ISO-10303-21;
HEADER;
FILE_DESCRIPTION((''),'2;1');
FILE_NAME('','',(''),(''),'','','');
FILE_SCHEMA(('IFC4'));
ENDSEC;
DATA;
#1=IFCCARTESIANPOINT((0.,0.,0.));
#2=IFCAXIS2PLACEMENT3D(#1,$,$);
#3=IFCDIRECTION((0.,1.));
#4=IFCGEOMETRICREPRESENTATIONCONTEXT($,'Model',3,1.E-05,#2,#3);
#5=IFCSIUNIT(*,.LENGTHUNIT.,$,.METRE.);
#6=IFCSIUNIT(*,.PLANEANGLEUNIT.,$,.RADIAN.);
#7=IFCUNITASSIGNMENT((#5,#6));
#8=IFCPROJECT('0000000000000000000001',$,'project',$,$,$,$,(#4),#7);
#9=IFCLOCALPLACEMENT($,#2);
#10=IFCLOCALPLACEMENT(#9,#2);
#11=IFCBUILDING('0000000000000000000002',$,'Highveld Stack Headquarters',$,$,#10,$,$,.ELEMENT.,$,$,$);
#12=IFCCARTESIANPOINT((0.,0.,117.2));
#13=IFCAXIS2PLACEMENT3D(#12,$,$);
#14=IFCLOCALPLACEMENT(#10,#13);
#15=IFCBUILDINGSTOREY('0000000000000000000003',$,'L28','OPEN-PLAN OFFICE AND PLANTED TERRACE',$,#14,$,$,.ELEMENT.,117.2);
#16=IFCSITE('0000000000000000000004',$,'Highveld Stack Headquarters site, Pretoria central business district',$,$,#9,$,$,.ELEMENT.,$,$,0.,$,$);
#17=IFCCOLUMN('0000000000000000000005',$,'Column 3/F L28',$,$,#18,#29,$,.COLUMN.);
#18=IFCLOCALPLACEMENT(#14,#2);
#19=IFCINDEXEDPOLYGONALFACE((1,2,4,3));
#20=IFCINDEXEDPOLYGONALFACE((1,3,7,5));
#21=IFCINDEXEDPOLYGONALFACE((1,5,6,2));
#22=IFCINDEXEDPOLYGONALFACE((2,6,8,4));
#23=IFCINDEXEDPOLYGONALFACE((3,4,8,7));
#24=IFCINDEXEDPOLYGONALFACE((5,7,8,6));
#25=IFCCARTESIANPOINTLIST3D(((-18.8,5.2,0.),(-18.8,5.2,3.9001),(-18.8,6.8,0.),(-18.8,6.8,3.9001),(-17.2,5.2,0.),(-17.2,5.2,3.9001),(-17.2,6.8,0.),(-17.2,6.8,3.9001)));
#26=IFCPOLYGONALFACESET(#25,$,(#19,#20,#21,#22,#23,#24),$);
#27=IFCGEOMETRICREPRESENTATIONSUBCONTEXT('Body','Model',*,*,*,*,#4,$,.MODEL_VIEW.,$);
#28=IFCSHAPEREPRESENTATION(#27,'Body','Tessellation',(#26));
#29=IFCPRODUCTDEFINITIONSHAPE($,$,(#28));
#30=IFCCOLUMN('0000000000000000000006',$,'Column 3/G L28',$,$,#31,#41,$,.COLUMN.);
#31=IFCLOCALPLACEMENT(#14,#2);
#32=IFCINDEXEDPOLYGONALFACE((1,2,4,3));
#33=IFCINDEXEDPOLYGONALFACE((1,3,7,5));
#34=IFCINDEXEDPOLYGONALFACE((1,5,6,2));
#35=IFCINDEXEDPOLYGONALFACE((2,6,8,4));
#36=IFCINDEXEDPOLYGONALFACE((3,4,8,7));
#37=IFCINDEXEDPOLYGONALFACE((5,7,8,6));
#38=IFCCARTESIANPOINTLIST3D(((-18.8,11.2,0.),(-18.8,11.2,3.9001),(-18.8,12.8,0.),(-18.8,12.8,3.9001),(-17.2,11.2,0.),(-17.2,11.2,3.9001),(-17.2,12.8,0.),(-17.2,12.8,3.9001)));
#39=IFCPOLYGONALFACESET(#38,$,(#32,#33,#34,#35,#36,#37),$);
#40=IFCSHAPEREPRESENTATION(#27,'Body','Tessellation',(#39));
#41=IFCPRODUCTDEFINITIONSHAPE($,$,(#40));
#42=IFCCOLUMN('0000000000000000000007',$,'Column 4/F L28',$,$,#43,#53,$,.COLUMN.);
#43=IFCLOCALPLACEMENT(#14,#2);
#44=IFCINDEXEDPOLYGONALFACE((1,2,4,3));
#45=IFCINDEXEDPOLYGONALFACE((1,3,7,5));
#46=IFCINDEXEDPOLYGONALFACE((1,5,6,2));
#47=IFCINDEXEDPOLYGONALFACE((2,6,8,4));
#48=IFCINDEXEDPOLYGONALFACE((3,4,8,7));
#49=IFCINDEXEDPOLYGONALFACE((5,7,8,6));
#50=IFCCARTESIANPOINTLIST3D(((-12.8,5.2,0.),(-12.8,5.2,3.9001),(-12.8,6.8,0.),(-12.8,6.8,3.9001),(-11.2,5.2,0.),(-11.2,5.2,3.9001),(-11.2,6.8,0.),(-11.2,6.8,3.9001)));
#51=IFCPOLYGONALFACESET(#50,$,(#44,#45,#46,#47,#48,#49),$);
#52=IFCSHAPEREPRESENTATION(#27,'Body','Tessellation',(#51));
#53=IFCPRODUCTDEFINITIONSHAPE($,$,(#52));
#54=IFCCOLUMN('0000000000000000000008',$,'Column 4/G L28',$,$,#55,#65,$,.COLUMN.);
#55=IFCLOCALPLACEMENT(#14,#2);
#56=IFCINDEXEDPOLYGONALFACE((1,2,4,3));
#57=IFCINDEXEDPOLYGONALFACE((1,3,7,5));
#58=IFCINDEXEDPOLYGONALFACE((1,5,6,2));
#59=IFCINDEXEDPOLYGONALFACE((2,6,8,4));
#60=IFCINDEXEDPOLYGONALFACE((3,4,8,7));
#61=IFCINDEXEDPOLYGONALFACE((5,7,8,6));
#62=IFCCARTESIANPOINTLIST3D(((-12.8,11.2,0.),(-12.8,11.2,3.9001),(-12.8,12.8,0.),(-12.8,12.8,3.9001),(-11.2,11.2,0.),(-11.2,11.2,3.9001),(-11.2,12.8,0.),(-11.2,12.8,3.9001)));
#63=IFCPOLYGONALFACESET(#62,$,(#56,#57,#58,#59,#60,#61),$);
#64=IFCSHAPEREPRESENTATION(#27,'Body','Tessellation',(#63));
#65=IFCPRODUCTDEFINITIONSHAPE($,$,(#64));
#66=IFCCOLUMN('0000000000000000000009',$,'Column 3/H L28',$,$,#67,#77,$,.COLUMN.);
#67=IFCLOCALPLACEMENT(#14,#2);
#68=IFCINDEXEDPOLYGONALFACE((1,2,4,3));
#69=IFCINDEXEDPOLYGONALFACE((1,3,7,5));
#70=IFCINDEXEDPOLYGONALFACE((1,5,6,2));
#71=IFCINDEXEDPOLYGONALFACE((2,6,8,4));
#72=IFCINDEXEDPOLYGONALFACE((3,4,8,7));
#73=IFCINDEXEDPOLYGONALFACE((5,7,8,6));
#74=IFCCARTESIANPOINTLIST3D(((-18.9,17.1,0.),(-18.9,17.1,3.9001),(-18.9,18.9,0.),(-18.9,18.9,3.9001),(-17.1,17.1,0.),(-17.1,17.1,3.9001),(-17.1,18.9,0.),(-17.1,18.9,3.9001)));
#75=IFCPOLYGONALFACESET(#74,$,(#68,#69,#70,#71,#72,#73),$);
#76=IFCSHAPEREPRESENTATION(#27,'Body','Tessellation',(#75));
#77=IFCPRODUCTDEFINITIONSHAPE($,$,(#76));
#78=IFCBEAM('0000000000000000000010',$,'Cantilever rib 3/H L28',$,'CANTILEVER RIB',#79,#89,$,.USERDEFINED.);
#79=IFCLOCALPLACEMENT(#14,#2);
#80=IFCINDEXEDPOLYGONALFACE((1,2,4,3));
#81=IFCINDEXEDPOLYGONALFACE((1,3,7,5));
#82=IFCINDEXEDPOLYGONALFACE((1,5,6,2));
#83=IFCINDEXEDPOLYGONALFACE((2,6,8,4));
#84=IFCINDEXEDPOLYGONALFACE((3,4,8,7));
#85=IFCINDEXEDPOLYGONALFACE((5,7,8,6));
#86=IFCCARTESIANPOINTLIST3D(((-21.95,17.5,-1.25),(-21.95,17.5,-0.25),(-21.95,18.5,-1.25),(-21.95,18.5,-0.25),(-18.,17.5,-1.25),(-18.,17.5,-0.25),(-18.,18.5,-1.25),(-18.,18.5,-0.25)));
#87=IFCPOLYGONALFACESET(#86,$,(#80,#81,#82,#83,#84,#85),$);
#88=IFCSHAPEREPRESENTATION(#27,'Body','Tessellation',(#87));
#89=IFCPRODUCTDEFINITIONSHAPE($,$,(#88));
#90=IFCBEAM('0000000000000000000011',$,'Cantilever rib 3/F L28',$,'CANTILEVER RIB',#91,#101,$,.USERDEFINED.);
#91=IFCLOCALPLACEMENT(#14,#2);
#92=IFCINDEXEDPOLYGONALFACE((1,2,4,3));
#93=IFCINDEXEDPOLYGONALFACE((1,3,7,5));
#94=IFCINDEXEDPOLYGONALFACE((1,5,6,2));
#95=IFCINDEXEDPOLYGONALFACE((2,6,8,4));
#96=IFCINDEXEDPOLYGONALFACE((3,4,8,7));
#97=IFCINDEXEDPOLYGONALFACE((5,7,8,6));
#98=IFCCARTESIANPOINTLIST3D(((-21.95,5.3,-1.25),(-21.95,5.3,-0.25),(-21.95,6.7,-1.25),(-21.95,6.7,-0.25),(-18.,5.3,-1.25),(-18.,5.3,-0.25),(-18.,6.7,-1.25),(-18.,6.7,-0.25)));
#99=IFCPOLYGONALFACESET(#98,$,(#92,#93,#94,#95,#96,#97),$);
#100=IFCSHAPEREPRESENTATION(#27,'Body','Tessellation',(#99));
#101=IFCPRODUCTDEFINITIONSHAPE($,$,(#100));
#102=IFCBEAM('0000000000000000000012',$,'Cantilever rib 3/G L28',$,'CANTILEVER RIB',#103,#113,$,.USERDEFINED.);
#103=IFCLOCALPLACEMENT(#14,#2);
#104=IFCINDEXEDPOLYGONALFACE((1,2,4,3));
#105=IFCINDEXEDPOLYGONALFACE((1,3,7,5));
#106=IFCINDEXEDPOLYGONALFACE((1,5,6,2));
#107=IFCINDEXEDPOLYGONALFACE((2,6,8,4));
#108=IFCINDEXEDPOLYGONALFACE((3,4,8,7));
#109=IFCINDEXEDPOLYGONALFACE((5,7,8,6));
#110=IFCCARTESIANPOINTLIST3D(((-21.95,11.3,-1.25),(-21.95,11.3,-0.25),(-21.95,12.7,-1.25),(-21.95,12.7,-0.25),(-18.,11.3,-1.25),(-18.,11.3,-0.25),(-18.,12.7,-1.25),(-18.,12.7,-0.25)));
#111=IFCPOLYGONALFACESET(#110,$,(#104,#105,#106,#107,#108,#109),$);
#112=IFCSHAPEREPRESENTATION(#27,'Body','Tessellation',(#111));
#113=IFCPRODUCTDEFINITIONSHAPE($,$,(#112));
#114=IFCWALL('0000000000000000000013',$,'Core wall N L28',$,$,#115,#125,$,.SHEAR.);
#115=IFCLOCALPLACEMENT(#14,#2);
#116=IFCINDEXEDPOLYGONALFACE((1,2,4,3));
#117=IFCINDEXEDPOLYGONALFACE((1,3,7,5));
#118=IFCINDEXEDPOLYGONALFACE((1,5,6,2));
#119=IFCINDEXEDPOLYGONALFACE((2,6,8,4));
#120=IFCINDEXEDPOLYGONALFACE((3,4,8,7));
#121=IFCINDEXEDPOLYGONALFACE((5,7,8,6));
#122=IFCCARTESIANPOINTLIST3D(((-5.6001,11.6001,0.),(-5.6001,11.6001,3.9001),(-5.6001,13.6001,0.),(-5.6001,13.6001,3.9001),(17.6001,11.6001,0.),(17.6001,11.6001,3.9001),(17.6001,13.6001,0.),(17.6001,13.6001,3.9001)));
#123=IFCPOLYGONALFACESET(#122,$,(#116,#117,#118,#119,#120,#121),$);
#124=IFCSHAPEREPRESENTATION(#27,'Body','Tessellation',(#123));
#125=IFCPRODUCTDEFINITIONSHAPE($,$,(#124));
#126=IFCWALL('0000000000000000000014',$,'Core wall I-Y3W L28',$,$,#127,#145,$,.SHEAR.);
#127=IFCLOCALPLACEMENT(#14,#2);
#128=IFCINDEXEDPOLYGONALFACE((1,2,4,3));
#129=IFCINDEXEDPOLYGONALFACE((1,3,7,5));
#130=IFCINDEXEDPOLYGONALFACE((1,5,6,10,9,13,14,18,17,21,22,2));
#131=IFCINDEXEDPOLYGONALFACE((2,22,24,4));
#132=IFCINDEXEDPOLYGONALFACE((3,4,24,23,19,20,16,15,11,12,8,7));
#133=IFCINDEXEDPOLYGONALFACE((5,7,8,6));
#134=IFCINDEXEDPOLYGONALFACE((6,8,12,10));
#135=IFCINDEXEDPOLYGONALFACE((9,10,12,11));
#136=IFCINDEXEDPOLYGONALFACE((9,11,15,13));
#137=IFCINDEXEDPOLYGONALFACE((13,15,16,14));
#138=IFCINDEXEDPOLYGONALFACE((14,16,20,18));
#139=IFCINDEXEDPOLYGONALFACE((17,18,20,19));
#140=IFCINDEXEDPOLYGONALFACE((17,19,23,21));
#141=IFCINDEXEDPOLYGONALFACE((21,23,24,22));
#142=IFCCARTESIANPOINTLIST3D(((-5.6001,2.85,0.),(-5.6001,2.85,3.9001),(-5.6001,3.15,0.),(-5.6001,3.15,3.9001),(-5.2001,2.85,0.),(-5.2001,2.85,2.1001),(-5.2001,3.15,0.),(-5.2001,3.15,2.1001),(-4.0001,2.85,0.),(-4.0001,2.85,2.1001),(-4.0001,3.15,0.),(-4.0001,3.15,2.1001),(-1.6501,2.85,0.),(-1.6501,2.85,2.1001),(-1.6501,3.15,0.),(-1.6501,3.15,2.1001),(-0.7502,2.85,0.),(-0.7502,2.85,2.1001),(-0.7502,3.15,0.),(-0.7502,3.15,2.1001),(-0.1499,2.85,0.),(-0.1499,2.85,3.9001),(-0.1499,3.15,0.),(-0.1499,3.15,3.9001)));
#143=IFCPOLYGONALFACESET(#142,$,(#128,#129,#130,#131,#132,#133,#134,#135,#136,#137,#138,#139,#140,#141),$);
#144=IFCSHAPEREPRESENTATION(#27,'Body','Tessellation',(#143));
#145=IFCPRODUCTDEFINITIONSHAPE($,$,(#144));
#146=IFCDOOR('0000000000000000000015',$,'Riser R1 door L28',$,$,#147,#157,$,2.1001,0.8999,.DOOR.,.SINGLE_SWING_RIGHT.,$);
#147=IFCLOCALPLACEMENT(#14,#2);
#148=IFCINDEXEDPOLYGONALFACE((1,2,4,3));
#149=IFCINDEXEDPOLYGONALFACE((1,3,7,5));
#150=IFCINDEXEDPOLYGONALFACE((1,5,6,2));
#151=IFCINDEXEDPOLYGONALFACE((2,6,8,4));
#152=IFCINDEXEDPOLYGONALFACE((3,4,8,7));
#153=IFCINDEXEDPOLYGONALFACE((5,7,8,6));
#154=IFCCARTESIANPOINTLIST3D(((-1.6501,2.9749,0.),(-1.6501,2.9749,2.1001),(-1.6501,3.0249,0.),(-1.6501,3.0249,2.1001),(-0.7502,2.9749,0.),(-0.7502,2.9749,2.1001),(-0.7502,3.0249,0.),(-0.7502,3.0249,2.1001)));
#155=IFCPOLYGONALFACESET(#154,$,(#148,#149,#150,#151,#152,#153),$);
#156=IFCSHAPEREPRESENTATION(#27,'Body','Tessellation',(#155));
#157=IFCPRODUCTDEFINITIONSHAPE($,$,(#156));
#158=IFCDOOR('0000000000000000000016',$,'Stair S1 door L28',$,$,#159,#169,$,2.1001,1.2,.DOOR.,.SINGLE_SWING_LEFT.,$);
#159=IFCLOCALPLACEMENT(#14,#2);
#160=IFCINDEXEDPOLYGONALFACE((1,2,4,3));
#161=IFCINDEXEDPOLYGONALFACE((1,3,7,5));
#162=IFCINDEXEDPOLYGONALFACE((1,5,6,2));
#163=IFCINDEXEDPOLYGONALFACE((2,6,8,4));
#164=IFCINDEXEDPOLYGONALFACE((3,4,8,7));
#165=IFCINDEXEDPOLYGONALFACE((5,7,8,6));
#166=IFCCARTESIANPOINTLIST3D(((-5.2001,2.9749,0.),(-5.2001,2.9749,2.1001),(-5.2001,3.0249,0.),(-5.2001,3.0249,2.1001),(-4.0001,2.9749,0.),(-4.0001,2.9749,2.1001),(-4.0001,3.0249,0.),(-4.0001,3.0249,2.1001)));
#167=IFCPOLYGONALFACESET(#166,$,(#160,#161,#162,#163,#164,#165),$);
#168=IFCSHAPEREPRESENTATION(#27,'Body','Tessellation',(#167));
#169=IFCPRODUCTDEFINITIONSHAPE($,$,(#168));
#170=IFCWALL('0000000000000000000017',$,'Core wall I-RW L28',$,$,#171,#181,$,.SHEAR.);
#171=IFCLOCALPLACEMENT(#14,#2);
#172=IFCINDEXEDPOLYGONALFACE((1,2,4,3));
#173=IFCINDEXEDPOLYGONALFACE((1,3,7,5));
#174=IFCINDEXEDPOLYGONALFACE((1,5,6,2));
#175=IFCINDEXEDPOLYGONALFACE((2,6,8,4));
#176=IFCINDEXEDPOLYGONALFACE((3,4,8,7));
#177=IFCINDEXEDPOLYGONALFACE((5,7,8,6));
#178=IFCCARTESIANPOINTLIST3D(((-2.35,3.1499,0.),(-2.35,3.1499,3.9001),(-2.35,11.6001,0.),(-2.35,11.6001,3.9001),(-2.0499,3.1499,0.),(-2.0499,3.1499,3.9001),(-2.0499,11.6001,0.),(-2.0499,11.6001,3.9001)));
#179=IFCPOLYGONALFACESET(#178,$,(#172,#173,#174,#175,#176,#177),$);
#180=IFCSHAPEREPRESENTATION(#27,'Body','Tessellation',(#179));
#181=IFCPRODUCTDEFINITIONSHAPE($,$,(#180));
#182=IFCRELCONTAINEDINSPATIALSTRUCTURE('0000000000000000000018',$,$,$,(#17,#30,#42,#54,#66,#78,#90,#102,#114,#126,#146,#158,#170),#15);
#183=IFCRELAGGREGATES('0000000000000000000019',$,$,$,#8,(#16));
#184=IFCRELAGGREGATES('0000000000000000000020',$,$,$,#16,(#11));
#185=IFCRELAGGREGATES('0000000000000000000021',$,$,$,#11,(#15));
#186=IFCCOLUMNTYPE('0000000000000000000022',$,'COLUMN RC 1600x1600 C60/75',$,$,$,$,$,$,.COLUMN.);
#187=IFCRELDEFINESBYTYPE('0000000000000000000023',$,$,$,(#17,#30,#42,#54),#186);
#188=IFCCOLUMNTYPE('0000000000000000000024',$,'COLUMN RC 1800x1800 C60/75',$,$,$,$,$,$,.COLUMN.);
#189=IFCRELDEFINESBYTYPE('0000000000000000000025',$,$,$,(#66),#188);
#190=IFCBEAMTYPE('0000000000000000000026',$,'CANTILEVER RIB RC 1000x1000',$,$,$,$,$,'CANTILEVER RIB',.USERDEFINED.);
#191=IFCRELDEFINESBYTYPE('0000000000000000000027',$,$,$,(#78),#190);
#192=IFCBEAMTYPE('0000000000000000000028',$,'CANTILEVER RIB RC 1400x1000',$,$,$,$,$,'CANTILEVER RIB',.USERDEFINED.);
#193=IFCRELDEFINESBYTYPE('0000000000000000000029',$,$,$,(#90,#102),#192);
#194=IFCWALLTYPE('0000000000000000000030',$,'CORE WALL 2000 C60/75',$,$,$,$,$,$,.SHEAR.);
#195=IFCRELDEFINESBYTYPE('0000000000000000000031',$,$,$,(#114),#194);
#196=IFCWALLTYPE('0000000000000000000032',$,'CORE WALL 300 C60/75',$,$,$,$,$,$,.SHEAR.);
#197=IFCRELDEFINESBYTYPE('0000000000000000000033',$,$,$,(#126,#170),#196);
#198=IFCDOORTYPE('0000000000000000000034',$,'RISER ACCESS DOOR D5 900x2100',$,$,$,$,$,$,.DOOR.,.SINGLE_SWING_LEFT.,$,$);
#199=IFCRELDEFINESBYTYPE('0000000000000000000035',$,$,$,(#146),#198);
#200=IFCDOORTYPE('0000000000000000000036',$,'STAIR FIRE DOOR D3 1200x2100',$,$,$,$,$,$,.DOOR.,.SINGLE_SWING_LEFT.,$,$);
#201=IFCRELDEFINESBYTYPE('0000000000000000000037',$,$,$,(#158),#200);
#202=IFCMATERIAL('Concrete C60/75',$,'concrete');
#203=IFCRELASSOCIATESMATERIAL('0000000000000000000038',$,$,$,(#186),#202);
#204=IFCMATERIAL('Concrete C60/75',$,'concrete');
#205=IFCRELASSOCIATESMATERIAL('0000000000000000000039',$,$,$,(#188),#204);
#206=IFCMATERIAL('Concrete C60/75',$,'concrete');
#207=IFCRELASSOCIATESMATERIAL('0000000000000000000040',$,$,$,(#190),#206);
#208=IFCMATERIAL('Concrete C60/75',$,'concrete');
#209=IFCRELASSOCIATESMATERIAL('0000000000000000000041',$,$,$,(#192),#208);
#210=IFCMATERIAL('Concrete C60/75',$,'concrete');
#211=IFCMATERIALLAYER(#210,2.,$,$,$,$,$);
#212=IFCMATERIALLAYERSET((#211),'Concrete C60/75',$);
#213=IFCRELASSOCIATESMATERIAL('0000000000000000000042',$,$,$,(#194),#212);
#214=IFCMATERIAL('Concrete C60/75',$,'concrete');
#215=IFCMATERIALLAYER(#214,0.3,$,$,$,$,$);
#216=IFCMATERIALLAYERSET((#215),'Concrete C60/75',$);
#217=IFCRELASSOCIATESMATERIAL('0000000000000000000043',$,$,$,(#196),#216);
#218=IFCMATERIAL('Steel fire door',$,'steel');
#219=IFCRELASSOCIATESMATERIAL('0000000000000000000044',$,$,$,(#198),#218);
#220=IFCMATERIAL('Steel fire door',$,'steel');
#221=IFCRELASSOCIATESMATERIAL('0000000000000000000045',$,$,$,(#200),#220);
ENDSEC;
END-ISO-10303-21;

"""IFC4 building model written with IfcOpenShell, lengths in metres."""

from ifc_helpers import new_model, si_unit, direction, frame, frame_2d, origin, origin_2d, place, context, subcontext, project, spatial, rectangle, extrude, material, layer, layer_set, material_profile, profile_set, type_object, element, fill, save


model = new_model("IFC4")

# Units and contexts
model_context = context("Model", 3, precision=1e-05, world=origin(), true_north=direction((0.0, 1.0)))
body_context = subcontext(model_context, "Body", "Model", "MODEL_VIEW")
ifc_project = project(units=[si_unit("LENGTHUNIT", "METRE"), si_unit("PLANEANGLEUNIT", "RADIAN")], contexts=[model_context])

# Site, building, storey
site_placement = place(None, origin())
site = spatial("IfcSite", under=ifc_project, at=site_placement, Name="Highveld Stack Headquarters site, Pretoria central business district", CompositionType="ELEMENT", RefElevation=0.0)
building_placement = place(site_placement, origin())
building = spatial("IfcBuilding", under=site, at=building_placement, Name="Highveld Stack Headquarters", CompositionType="ELEMENT")
storey_placement = place(building_placement, frame((0.0, 0.0, 117.2)))
storey = spatial("IfcBuildingStorey", under=building, at=storey_placement, Name="L28", Description="OPEN-PLAN OFFICE AND PLANTED TERRACE", CompositionType="ELEMENT", Elevation=117.2)

# Columns
ifc_material_1 = material(Name="Concrete C60/75", Category="concrete")
ifc_material_profile_1 = material_profile(ifc_material_1, rectangle(XDim=1.6001, YDim=1.6001, at=origin_2d()), Name="RC 1600x1600")
ifc_profile_set_1 = profile_set([ifc_material_profile_1], Name="Concrete C60/75")
column_type_1 = type_object("IfcColumnType", Name="COLUMN RC 1600x1600 C60/75", PredefinedType="COLUMN", material=ifc_profile_set_1)
for number, where, z_axis, x_axis, name in (
    (1, (-18.0, 6.0, 0.0), (0.0, 0.0, 1.0), (1.0, 0.0, 0.0), "Column 3/F L28"),
    (2, (-18.0, 12.0, 0.0), (0.0, 0.0, 1.0), (1.0, 0.0, 0.0), "Column 3/G L28"),
    (3, (-12.0, 6.0, 0.0), (0.0, 0.0, 1.0), (1.0, 0.0, 0.0), "Column 4/F L28"),
    (4, (-12.0, 12.0, 0.0), (0.0, 0.0, 1.0), (1.0, 0.0, 0.0), "Column 4/G L28"),
):
    element("IfcColumn", number, at=place(storey_placement, frame(where, z_axis=z_axis, x_axis=x_axis)), inside=storey, type_object=column_type_1, Name=name, PredefinedType="COLUMN", context=body_context, shape_type="SweptSolid", body=[
        extrude(rectangle(XDim=1.6001, YDim=1.6001, at=origin_2d()), origin(), (0.0, 0.0, 1.0), 3.9001),
    ])
ifc_material_2 = material(Name="Concrete C60/75", Category="concrete")
ifc_material_profile_2 = material_profile(ifc_material_2, rectangle(XDim=1.8, YDim=1.8, at=origin_2d()), Name="RC 1800x1800")
ifc_profile_set_2 = profile_set([ifc_material_profile_2], Name="Concrete C60/75")
column_type_2 = type_object("IfcColumnType", Name="COLUMN RC 1800x1800 C60/75", PredefinedType="COLUMN", material=ifc_profile_set_2)
column_placement = place(storey_placement, frame((-18.0, 18.0, 0.0), z_axis=(0.0, 0.0, 1.0), x_axis=(1.0, 0.0, 0.0)))
element("IfcColumn", 5, at=column_placement, inside=storey, type_object=column_type_2, Name="Column 3/H L28", PredefinedType="COLUMN", context=body_context, shape_type="SweptSolid", body=[
    extrude(rectangle(XDim=1.8, YDim=1.8, at=origin_2d()), origin(), (0.0, 0.0, 1.0), 3.9001),
])

# Beams
ifc_material_3 = material(Name="Concrete C60/75", Category="concrete")
ifc_material_profile_3 = material_profile(ifc_material_3, rectangle(XDim=1.0, YDim=1.0, at=origin_2d()), Name="RC 1000x1000")
ifc_profile_set_3 = profile_set([ifc_material_profile_3], Name="Concrete C60/75")
beam_type_1 = type_object("IfcBeamType", Name="CANTILEVER RIB RC 1000x1000", ElementType="CANTILEVER RIB", PredefinedType="USERDEFINED", material=ifc_profile_set_3)
beam_placement = place(storey_placement, frame((-18.0, 18.0, -0.75), z_axis=(-1.0, 0.0, 0.0), x_axis=(0.0, -1.0, 0.0)))
element("IfcBeam", 6, at=beam_placement, inside=storey, type_object=beam_type_1, Name="Cantilever rib 3/H L28", ObjectType="CANTILEVER RIB", PredefinedType="USERDEFINED", context=body_context, shape_type="SweptSolid", body=[
    extrude(rectangle(XDim=1.0, YDim=1.0, at=origin_2d()), origin(), (0.0, 0.0, 1.0), 3.95),
])
ifc_material_4 = material(Name="Concrete C60/75", Category="concrete")
ifc_material_profile_4 = material_profile(ifc_material_4, rectangle(XDim=1.3999, YDim=1.0, at=origin_2d()), Name="RC 1400x1000")
ifc_profile_set_4 = profile_set([ifc_material_profile_4], Name="Concrete C60/75")
beam_type_2 = type_object("IfcBeamType", Name="CANTILEVER RIB RC 1400x1000", ElementType="CANTILEVER RIB", PredefinedType="USERDEFINED", material=ifc_profile_set_4)
for number, where, z_axis, x_axis, name in (
    (7, (-18.0, 6.0, -0.75), (-1.0, 0.0, 0.0), (0.0, -1.0, 0.0), "Cantilever rib 3/F L28"),
    (8, (-18.0, 12.0, -0.75), (-1.0, 0.0, 0.0), (0.0, -1.0, 0.0), "Cantilever rib 3/G L28"),
):
    element("IfcBeam", number, at=place(storey_placement, frame(where, z_axis=z_axis, x_axis=x_axis)), inside=storey, type_object=beam_type_2, Name=name, ObjectType="CANTILEVER RIB", PredefinedType="USERDEFINED", context=body_context, shape_type="SweptSolid", body=[
        extrude(rectangle(XDim=1.3999, YDim=1.0, at=origin_2d()), origin(), (0.0, 0.0, 1.0), 3.95),
    ])

# Wall
ifc_material_5 = material(Name="Concrete C60/75", Category="concrete")
ifc_layer_1 = layer(ifc_material_5, 2.0)
ifc_layer_set_1 = layer_set([ifc_layer_1], Name="Concrete C60/75")
wall_type_1 = type_object("IfcWallType", Name="CORE WALL 2000 C60/75", PredefinedType="SHEAR", material=ifc_layer_set_1)
wall_1_placement = place(storey_placement, frame((-5.6001, 12.6001, 0.0), z_axis=(0.0, 0.0, 1.0), x_axis=(1.0, 0.0, 0.0)))
element("IfcWall", 9, at=wall_1_placement, inside=storey, type_object=wall_type_1, Name="Core wall N L28", PredefinedType="SHEAR", context=body_context, shape_type="SweptSolid", body=[
    extrude(rectangle(XDim=23.2002, YDim=2.0, at=frame_2d((11.6001, 0.0))), origin(), (0.0, 0.0, 1.0), 3.9001),
])

# Wall, openings, doors
ifc_material_6 = material(Name="Concrete C60/75", Category="concrete")
ifc_layer_2 = layer(ifc_material_6, 0.3)
ifc_layer_set_2 = layer_set([ifc_layer_2], Name="Concrete C60/75")
wall_type_2 = type_object("IfcWallType", Name="CORE WALL 300 C60/75", PredefinedType="SHEAR", material=ifc_layer_set_2)
wall_2_placement = place(storey_placement, frame((-5.6001, 3.0, 0.0), z_axis=(0.0, 0.0, 1.0), x_axis=(1.0, 0.0, 0.0)))
wall_2 = element("IfcWall", 10, at=wall_2_placement, inside=storey, type_object=wall_type_2, Name="Core wall I-Y3W L28", PredefinedType="SHEAR", context=body_context, shape_type="SweptSolid", body=[
    extrude(rectangle(XDim=5.4502, YDim=0.3, at=frame_2d((2.7251, 0.0))), origin(), (0.0, 0.0, 1.0), 3.9001),
])
opening_1_placement = place(wall_2_placement, frame((0.3999, 0.0, 0.0)))
opening_1 = element("IfcOpeningElement", 11, at=opening_1_placement, cuts=wall_2, PredefinedType="OPENING", context=body_context, shape_type="SweptSolid", body=[
    extrude(rectangle(XDim=1.2, YDim=2.1001, at=frame_2d((0.6001, 1.05))), frame((0.0, 0.1599, 0.0), z_axis=(0.0, -1.0, 0.0), x_axis=(1.0, 0.0, 0.0)), (0.0, 0.0, 1.0), 0.3201),
])
opening_2_placement = place(wall_2_placement, frame((3.95, 0.0, 0.0)))
opening_2 = element("IfcOpeningElement", 12, at=opening_2_placement, cuts=wall_2, PredefinedType="OPENING", context=body_context, shape_type="SweptSolid", body=[
    extrude(rectangle(XDim=0.8999, YDim=2.1001, at=frame_2d((0.45, 1.05))), frame((0.0, 0.1599, 0.0), z_axis=(0.0, -1.0, 0.0), x_axis=(1.0, 0.0, 0.0)), (0.0, 0.0, 1.0), 0.3201),
])
ifc_material_7 = material(Name="Steel fire door", Category="steel")
door_type_1 = type_object("IfcDoorType", Name="RISER ACCESS DOOR D5 900x2100", OperationType="SINGLE_SWING_LEFT", PredefinedType="DOOR", material=ifc_material_7)
door_1_placement = place(opening_2_placement, origin())
door_1 = element("IfcDoor", 13, at=door_1_placement, inside=storey, type_object=door_type_1, Name="Riser R1 door L28", OperationType="SINGLE_SWING_RIGHT", OverallHeight=2.1001, OverallWidth=0.8999, PredefinedType="DOOR", context=body_context, shape_type="SweptSolid", body=[
    extrude(rectangle(XDim=0.8999, YDim=2.1001, at=frame_2d((0.45, 1.05))), frame((0.0, 0.0249, 0.0), z_axis=(0.0, -1.0, 0.0), x_axis=(1.0, 0.0, 0.0)), (0.0, 0.0, 1.0), 0.05),
])
fill(opening_2, door_1)
ifc_material_8 = material(Name="Steel fire door", Category="steel")
door_type_2 = type_object("IfcDoorType", Name="STAIR FIRE DOOR D3 1200x2100", OperationType="SINGLE_SWING_LEFT", PredefinedType="DOOR", material=ifc_material_8)
door_2_placement = place(opening_1_placement, origin())
door_2 = element("IfcDoor", 14, at=door_2_placement, inside=storey, type_object=door_type_2, Name="Stair S1 door L28", OperationType="SINGLE_SWING_LEFT", OverallHeight=2.1001, OverallWidth=1.2, PredefinedType="DOOR", context=body_context, shape_type="SweptSolid", body=[
    extrude(rectangle(XDim=1.2, YDim=2.1001, at=frame_2d((0.6001, 1.05))), frame((0.0, 0.0249, 0.0), z_axis=(0.0, -1.0, 0.0), x_axis=(1.0, 0.0, 0.0)), (0.0, 0.0, 1.0), 0.05),
])
fill(opening_1, door_2)

# Wall
wall_3_placement = place(storey_placement, frame((-2.2, 3.1499, 0.0), z_axis=(0.0, 0.0, 1.0), x_axis=(0.0, 1.0, 0.0)))
element("IfcWall", 15, at=wall_3_placement, inside=storey, type_object=wall_type_2, Name="Core wall I-RW L28", PredefinedType="SHEAR", context=body_context, shape_type="SweptSolid", body=[
    extrude(rectangle(XDim=8.4502, YDim=0.3, at=frame_2d((4.2251, 0.0))), origin(), (0.0, 0.0, 1.0), 3.9001),
])

save(model, "model.ifc")
